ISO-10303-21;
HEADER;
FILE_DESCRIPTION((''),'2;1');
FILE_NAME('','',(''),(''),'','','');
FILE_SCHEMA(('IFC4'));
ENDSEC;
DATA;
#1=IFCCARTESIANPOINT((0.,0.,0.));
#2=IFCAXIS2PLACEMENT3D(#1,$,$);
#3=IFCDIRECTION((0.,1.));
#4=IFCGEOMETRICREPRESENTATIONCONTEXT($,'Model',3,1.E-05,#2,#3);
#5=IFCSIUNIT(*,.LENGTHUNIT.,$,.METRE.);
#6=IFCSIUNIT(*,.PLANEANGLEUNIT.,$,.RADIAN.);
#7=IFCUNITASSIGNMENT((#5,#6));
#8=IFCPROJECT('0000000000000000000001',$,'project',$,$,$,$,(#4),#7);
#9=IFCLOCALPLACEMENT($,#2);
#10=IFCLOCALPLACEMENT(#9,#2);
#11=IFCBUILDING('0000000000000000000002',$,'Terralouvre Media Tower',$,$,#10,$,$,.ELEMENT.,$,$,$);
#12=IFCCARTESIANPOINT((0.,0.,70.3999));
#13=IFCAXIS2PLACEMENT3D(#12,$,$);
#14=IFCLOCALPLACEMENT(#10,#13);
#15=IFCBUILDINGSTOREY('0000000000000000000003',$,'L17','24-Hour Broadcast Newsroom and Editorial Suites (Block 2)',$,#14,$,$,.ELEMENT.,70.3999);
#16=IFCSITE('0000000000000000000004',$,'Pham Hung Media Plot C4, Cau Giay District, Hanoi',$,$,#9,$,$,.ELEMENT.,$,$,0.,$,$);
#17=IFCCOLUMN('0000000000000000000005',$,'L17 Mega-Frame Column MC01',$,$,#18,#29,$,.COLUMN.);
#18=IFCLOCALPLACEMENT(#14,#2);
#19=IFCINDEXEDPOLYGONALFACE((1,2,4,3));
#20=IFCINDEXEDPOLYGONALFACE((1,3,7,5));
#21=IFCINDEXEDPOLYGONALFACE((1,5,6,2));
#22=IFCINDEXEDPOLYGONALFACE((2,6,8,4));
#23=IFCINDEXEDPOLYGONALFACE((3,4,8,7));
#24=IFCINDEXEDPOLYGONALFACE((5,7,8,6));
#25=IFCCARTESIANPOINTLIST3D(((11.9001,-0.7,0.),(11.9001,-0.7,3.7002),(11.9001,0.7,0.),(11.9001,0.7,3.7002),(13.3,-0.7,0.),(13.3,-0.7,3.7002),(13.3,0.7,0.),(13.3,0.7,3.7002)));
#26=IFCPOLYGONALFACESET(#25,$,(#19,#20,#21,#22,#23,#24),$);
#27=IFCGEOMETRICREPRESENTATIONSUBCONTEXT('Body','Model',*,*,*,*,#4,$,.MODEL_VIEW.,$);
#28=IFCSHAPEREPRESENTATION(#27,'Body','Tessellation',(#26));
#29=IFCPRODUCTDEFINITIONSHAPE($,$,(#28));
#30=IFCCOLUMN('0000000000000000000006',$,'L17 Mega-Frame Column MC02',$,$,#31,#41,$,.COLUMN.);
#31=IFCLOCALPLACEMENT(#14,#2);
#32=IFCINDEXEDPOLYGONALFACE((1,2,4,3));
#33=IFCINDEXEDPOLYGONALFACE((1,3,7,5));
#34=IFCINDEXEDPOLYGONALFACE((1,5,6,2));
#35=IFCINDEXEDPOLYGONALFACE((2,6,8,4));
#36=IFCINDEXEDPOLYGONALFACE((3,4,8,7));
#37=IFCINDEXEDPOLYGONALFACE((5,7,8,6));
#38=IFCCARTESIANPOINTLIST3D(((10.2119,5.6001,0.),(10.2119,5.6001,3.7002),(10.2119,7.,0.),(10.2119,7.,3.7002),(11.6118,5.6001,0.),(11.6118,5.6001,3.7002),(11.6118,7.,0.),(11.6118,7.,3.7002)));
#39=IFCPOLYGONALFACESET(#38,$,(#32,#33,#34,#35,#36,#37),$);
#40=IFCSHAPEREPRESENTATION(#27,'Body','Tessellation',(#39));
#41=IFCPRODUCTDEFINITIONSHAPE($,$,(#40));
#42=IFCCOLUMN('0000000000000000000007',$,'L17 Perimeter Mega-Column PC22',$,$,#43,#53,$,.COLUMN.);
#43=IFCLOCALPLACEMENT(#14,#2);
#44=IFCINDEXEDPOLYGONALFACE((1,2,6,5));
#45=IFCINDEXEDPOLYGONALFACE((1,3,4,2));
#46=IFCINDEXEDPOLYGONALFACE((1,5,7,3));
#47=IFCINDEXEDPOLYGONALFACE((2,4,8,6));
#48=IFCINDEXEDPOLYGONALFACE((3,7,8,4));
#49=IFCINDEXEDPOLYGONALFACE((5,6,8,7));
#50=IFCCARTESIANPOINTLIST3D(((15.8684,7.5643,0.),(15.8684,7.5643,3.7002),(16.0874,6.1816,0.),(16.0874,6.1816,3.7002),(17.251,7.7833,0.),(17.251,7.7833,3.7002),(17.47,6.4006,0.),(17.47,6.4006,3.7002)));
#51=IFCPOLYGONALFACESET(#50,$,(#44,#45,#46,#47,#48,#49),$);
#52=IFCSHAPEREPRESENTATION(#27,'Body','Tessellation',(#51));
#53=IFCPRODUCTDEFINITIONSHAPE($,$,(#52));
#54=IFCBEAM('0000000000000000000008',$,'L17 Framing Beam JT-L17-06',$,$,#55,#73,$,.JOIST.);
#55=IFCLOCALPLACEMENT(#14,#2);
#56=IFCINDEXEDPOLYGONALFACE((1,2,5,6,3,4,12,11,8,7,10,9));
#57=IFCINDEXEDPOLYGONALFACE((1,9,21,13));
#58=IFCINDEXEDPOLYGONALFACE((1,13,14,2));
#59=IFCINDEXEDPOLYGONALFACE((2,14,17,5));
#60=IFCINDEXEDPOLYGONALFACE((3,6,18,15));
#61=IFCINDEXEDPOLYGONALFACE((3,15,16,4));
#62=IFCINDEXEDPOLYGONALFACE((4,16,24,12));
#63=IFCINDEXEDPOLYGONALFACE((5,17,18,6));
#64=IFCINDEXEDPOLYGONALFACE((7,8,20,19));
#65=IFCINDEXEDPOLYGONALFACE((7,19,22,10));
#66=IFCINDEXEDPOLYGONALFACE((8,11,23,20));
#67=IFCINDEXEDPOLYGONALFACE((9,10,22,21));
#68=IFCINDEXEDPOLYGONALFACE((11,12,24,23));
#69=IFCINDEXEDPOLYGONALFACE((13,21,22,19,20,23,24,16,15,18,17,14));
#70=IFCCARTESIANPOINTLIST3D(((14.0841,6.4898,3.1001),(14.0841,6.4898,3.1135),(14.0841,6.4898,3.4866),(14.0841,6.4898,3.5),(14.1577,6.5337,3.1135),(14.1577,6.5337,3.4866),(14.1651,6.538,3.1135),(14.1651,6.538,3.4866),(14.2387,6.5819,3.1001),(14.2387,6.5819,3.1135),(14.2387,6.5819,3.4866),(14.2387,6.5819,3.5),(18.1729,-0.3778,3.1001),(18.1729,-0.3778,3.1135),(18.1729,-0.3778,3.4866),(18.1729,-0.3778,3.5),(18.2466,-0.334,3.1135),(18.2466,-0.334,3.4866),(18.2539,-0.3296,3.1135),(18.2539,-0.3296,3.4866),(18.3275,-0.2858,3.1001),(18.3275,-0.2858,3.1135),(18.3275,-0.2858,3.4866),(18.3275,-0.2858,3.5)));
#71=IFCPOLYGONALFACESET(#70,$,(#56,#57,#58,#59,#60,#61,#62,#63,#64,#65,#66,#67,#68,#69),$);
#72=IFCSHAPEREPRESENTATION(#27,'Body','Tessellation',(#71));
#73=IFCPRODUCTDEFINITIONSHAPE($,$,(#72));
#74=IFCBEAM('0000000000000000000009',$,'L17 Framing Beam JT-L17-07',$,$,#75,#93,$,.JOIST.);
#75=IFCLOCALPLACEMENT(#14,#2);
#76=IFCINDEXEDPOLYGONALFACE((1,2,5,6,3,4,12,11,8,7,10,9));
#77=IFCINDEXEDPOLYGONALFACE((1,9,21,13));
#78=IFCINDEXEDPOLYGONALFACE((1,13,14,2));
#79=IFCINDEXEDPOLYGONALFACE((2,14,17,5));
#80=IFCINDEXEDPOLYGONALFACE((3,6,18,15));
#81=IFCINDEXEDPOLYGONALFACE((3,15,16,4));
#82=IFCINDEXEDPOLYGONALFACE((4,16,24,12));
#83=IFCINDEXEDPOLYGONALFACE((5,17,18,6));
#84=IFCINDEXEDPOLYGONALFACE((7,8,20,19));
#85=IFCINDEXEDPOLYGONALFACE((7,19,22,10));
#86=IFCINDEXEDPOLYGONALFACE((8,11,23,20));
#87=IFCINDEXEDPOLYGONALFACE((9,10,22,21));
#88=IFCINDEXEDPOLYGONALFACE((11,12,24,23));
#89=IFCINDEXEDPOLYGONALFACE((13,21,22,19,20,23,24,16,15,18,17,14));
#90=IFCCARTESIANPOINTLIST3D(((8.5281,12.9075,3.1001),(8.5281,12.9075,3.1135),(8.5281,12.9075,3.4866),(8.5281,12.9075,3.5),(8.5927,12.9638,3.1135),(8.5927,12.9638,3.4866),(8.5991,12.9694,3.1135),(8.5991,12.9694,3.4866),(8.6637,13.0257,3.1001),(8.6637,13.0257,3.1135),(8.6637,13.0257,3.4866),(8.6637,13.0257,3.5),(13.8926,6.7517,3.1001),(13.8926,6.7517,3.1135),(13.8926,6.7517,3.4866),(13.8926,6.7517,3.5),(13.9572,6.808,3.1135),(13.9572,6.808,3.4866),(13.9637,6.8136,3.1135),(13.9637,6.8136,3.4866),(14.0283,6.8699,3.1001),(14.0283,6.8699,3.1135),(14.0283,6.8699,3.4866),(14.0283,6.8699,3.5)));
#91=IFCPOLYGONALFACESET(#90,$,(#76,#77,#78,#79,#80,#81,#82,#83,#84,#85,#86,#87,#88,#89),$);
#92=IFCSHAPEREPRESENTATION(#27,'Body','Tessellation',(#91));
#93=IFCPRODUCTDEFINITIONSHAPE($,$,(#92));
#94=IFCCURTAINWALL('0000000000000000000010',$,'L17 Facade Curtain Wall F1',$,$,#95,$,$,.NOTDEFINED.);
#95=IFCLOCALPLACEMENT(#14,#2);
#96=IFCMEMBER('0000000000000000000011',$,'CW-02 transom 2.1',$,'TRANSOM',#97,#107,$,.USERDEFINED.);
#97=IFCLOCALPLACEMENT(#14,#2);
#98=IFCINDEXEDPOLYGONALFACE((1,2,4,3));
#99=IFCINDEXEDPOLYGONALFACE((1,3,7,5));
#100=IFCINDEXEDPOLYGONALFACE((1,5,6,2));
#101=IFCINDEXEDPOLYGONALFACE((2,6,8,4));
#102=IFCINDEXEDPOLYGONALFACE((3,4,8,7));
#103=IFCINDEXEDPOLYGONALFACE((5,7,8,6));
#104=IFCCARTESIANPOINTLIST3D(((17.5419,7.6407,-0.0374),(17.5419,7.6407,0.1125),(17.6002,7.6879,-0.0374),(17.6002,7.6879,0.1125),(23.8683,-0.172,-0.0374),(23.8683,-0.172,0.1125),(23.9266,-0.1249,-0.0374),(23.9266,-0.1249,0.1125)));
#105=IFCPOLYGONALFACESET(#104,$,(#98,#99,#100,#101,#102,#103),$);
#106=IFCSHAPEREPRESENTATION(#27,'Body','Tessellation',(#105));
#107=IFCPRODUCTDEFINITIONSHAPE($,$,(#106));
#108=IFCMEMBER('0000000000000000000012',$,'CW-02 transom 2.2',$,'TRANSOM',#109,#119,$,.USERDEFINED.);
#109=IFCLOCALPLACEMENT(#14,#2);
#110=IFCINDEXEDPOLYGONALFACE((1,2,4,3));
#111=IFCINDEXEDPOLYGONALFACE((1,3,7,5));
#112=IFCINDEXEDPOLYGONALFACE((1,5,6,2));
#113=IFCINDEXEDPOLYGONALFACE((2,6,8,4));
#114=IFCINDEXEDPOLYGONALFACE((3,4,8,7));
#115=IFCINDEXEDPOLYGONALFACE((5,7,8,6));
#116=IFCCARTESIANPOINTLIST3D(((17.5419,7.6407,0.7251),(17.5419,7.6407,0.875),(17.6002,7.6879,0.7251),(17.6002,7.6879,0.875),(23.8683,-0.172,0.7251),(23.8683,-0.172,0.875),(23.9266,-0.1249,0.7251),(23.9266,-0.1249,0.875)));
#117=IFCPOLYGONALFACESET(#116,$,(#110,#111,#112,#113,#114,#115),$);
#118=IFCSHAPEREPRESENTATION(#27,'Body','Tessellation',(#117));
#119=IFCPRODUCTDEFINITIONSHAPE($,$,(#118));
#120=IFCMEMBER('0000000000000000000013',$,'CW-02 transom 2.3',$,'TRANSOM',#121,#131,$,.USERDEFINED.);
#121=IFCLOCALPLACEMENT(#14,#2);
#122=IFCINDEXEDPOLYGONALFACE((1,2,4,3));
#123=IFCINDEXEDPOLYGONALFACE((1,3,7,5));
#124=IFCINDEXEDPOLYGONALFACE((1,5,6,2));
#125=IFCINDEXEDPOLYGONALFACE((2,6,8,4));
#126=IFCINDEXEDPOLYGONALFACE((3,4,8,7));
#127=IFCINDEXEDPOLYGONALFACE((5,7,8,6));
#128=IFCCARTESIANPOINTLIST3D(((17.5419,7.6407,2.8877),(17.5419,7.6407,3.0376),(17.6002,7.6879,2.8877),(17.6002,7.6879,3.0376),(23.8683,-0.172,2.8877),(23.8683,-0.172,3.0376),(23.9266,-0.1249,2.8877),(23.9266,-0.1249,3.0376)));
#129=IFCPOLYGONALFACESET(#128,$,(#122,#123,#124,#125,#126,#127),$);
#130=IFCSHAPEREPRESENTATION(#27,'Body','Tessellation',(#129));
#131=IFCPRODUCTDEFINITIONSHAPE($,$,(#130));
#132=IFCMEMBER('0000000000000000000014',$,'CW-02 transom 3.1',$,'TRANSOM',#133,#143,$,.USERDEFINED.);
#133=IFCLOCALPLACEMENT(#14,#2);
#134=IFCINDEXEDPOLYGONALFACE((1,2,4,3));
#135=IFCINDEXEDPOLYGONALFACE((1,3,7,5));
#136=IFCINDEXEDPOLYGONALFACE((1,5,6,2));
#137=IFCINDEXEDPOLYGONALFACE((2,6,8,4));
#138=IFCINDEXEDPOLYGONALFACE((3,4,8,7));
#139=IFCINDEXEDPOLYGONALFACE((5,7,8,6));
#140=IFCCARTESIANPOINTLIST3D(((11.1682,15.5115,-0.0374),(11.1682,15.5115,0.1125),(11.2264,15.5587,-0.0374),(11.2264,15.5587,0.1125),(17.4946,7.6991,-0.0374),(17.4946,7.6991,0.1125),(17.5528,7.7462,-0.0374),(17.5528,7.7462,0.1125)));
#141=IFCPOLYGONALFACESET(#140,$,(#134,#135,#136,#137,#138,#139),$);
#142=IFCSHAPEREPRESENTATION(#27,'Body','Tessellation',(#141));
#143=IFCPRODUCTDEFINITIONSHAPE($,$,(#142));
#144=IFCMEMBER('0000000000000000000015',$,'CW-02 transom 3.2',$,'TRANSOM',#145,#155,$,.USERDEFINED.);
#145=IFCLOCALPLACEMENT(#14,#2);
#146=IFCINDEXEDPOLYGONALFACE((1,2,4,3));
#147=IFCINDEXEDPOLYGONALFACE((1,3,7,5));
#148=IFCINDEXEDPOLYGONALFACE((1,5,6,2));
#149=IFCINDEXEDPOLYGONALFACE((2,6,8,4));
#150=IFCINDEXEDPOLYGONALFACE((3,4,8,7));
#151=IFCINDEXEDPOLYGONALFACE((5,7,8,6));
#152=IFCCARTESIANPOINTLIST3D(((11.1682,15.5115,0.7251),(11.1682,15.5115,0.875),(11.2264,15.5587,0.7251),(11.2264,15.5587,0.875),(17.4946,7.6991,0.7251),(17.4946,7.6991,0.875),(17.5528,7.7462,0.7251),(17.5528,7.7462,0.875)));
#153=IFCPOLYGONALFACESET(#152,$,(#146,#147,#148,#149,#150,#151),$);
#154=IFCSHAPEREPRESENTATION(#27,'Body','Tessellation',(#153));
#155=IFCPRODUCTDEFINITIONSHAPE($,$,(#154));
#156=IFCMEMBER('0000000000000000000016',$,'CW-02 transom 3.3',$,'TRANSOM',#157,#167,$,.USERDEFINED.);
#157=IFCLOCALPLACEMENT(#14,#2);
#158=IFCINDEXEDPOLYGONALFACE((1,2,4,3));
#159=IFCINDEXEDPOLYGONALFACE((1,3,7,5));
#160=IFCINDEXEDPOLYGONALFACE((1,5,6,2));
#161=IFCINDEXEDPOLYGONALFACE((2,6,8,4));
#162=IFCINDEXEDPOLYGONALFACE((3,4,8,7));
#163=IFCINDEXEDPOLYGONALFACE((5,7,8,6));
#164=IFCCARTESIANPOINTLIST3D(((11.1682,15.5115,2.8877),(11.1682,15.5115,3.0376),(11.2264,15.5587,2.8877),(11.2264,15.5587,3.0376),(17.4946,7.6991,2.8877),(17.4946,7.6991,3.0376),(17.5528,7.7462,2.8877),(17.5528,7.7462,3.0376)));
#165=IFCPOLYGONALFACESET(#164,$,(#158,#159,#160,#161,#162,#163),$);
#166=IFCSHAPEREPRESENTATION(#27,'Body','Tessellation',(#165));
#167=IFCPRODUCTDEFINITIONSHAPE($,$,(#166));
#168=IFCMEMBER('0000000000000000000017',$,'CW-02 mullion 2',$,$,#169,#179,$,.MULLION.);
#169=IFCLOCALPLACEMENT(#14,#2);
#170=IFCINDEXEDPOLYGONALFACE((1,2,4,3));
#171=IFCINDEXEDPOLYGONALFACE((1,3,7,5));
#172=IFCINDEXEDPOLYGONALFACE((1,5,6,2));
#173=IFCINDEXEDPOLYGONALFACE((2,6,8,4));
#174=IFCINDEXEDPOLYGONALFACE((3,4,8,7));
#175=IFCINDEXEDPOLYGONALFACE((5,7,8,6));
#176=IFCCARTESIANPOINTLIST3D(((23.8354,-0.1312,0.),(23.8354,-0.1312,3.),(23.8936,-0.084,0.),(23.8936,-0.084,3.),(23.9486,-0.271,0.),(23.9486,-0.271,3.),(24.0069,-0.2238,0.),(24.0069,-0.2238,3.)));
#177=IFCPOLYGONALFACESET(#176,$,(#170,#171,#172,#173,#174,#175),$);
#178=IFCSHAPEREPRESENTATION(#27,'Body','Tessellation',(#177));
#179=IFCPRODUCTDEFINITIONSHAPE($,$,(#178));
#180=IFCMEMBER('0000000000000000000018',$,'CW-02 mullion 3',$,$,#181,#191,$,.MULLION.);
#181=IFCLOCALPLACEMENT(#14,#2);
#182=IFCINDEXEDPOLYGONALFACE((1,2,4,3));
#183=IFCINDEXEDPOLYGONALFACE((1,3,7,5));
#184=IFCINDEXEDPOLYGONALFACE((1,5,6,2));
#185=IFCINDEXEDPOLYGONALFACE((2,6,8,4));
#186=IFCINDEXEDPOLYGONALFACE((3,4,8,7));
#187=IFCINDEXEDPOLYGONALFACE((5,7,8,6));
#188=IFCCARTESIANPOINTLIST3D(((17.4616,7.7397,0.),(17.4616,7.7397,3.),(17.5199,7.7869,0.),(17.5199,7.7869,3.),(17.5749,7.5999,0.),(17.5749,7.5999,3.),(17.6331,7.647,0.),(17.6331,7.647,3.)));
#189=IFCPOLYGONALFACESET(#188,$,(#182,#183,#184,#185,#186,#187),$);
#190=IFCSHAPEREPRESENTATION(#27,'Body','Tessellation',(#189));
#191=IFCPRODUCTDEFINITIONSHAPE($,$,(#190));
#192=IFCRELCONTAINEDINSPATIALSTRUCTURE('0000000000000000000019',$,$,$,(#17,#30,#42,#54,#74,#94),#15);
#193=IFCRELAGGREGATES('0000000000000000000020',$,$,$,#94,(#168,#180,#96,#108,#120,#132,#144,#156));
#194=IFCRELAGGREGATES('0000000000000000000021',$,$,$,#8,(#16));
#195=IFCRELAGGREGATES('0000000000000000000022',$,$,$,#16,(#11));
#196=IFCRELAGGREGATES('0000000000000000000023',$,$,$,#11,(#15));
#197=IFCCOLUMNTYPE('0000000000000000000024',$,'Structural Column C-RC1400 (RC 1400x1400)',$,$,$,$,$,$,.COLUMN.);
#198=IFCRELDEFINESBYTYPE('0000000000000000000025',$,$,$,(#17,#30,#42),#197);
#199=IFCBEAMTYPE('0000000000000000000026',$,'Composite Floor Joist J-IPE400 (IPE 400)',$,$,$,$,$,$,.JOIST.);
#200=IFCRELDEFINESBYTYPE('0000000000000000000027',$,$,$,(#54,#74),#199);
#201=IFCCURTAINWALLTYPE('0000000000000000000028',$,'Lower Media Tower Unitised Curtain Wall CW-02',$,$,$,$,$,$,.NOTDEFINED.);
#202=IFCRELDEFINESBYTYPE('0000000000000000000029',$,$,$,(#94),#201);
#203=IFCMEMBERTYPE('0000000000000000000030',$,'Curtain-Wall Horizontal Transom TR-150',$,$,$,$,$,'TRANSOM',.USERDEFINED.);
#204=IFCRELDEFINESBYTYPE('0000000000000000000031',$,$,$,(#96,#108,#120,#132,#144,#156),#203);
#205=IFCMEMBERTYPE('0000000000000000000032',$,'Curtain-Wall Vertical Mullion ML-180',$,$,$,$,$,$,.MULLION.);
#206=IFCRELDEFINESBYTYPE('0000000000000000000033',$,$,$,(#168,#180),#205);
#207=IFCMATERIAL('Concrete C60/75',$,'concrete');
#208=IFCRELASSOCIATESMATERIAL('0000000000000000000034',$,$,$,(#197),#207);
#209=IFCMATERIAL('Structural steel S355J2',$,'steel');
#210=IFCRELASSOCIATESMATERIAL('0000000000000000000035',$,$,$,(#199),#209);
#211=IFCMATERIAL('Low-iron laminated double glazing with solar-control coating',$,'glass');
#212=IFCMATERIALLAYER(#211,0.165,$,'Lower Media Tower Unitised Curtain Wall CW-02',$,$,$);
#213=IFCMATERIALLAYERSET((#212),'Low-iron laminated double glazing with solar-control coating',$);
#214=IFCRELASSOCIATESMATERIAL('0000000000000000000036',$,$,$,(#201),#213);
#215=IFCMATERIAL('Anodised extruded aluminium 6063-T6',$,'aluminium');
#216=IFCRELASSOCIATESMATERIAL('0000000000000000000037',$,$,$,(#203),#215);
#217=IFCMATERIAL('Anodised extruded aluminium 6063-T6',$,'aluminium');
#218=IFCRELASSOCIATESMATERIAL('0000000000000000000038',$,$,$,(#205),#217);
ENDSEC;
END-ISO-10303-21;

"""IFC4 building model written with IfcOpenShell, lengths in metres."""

from ifc_helpers import new_model, si_unit, direction, frame, origin, origin_2d, place, context, subcontext, project, spatial, rectangle, i_section, extrude, material, layer, layer_set, material_profile, profile_set, type_object, element, aggregate, save


model = new_model("IFC4")

# Units and contexts
model_context = context("Model", 3, precision=1e-05, world=origin(), true_north=direction((0.0, 1.0)))
body_context = subcontext(model_context, "Body", "Model", "MODEL_VIEW")
ifc_project = project(units=[si_unit("LENGTHUNIT", "METRE"), si_unit("PLANEANGLEUNIT", "RADIAN")], contexts=[model_context])

# Site, building, storey
site_placement = place(None, origin())
site = spatial("IfcSite", under=ifc_project, at=site_placement, Name="Pham Hung Media Plot C4, Cau Giay District, Hanoi", CompositionType="ELEMENT", RefElevation=0.0)
building_placement = place(site_placement, origin())
building = spatial("IfcBuilding", under=site, at=building_placement, Name="Terralouvre Media Tower", CompositionType="ELEMENT")
storey_placement = place(building_placement, frame((0.0, 0.0, 70.3999)))
storey = spatial("IfcBuildingStorey", under=building, at=storey_placement, Name="L17", Description="24-Hour Broadcast Newsroom and Editorial Suites (Block 2)", CompositionType="ELEMENT", Elevation=70.3999)

# Columns
ifc_material_1 = material(Name="Concrete C60/75", Category="concrete")
ifc_material_profile_1 = material_profile(ifc_material_1, rectangle(XDim=1.3999, YDim=1.3999, at=origin_2d()), Name="RC 1400x1400")
ifc_profile_set_1 = profile_set([ifc_material_profile_1], Name="Concrete C60/75")
column_type = type_object("IfcColumnType", Name="Structural Column C-RC1400 (RC 1400x1400)", PredefinedType="COLUMN", material=ifc_profile_set_1)
for number, where, z_axis, x_axis, name in (
    (1, (12.6001, 0.0, 0.0), (0.0, 0.0, 1.0), (1.0, 0.0, 0.0), "L17 Mega-Frame Column MC01"),
    (2, (10.9119, 6.3, 0.0), (0.0, 0.0, 1.0), (1.0, 0.0, 0.0), "L17 Mega-Frame Column MC02"),
    (3, (16.6692, 6.9824, 0.0), (0.0, 0.0, 1.0), (0.987688, 0.156434, 0.0), "L17 Perimeter Mega-Column PC22"),
):
    element("IfcColumn", number, at=place(storey_placement, frame(where, z_axis=z_axis, x_axis=x_axis)), inside=storey, type_object=column_type, Name=name, PredefinedType="COLUMN", context=body_context, shape_type="SweptSolid", body=[
        extrude(rectangle(XDim=1.3999, YDim=1.3999, at=origin_2d()), origin(), (0.0, 0.0, 1.0), 3.7002),
    ])

# Beams
ifc_material_2 = material(Name="Structural steel S355J2", Category="steel")
ifc_material_profile_2 = material_profile(ifc_material_2, i_section(OverallWidth=0.1799, OverallDepth=0.3999, WebThickness=0.0085, FlangeThickness=0.0134, at=origin_2d()), Name="IPE 400")
ifc_profile_set_2 = profile_set([ifc_material_profile_2], Name="Structural steel S355J2")
beam_type_1 = type_object("IfcBeamType", Name="Composite Floor Joist J-IPE400 (IPE 400)", PredefinedType="JOIST", material=ifc_profile_set_2)
beam_1_placement = place(storey_placement, frame((18.2502, -0.3318, 3.3), z_axis=(-0.511573, 0.85924, 0.0), x_axis=(-0.85924, -0.511573, 0.0)))
element("IfcBeam", 4, at=beam_1_placement, inside=storey, type_object=beam_type_1, Name="L17 Framing Beam JT-L17-06", PredefinedType="JOIST", context=body_context, shape_type="SweptSolid", body=[
    extrude(i_section(OverallWidth=0.1799, OverallDepth=0.3999, WebThickness=0.0085, FlangeThickness=0.0134, at=origin_2d()), origin(), (0.0, 0.0, 1.0), 7.9927),
])
beam_2_placement = place(storey_placement, frame((13.9604, 6.8108, 3.3), z_axis=(-0.656992, 0.753898, 0.0), x_axis=(-0.753898, -0.656992, 0.0)))
element("IfcBeam", 5, at=beam_2_placement, inside=storey, type_object=beam_type_1, Name="L17 Framing Beam JT-L17-07", PredefinedType="JOIST", context=body_context, shape_type="SweptSolid", body=[
    extrude(i_section(OverallWidth=0.1799, OverallDepth=0.3999, WebThickness=0.0085, FlangeThickness=0.0134, at=origin_2d()), origin(), (0.0, 0.0, 1.0), 8.1653),
])

# Curtain wall, members
ifc_material_3 = material(Name="Low-iron laminated double glazing with solar-control coating", Category="glass")
ifc_layer_1 = layer(ifc_material_3, 0.165, Name="Lower Media Tower Unitised Curtain Wall CW-02")
ifc_layer_set_1 = layer_set([ifc_layer_1], Name="Low-iron laminated double glazing with solar-control coating")
curtain_wall_type = type_object("IfcCurtainWallType", Name="Lower Media Tower Unitised Curtain Wall CW-02", PredefinedType="NOTDEFINED", material=ifc_layer_set_1)
curtain_wall_placement = place(storey_placement, origin())
curtain_wall = element("IfcCurtainWall", 6, at=curtain_wall_placement, inside=storey, type_object=curtain_wall_type, Name="L17 Facade Curtain Wall F1", PredefinedType="NOTDEFINED")
ifc_material_4 = material(Name="Anodised extruded aluminium 6063-T6", Category="aluminium")
ifc_material_profile_3 = material_profile(ifc_material_4, rectangle(XDim=0.075, YDim=0.1499, at=origin_2d()), Name="ALU 75x150")
ifc_profile_set_3 = profile_set([ifc_material_profile_3], Name="Anodised extruded aluminium 6063-T6")
member_type_1 = type_object("IfcMemberType", Name="Curtain-Wall Horizontal Transom TR-150", ElementType="TRANSOM", PredefinedType="USERDEFINED", material=ifc_profile_set_3)
member_1_placement = place(storey_placement, frame((23.8975, -0.1484, 0.0376), z_axis=(-0.629307, 0.777157, 0.0), x_axis=(-0.777157, -0.629307, 0.0)))
member_1 = element("IfcMember", 7, at=member_1_placement, type_object=member_type_1, Name="CW-02 transom 2.1", ObjectType="TRANSOM", PredefinedType="USERDEFINED", context=body_context, shape_type="SweptSolid", body=[
    extrude(rectangle(XDim=0.075, YDim=0.1499, at=origin_2d()), origin(), (0.0, 0.0, 1.0), 10.053),
])
member_2_placement = place(storey_placement, frame((23.8975, -0.1484, 0.8), z_axis=(-0.629307, 0.777157, 0.0), x_axis=(-0.777157, -0.629307, 0.0)))
member_2 = element("IfcMember", 8, at=member_2_placement, type_object=member_type_1, Name="CW-02 transom 2.2", ObjectType="TRANSOM", PredefinedType="USERDEFINED", context=body_context, shape_type="SweptSolid", body=[
    extrude(rectangle(XDim=0.075, YDim=0.1499, at=origin_2d()), origin(), (0.0, 0.0, 1.0), 10.053),
])
member_3_placement = place(storey_placement, frame((23.8975, -0.1484, 2.9626), z_axis=(-0.629307, 0.777157, 0.0), x_axis=(-0.777157, -0.629307, 0.0)))
member_3 = element("IfcMember", 9, at=member_3_placement, type_object=member_type_1, Name="CW-02 transom 2.3", ObjectType="TRANSOM", PredefinedType="USERDEFINED", context=body_context, shape_type="SweptSolid", body=[
    extrude(rectangle(XDim=0.075, YDim=0.1499, at=origin_2d()), origin(), (0.0, 0.0, 1.0), 10.053),
])
member_4_placement = place(storey_placement, frame((17.5237, 7.7227, 0.0376), z_axis=(-0.629319, 0.777147, 0.0), x_axis=(-0.777147, -0.629319, 0.0)))
member_4 = element("IfcMember", 10, at=member_4_placement, type_object=member_type_1, Name="CW-02 transom 3.1", ObjectType="TRANSOM", PredefinedType="USERDEFINED", context=body_context, shape_type="SweptSolid", body=[
    extrude(rectangle(XDim=0.075, YDim=0.1499, at=origin_2d()), origin(), (0.0, 0.0, 1.0), 10.0527),
])
member_5_placement = place(storey_placement, frame((17.5237, 7.7227, 0.8), z_axis=(-0.629319, 0.777147, 0.0), x_axis=(-0.777147, -0.629319, 0.0)))
member_5 = element("IfcMember", 11, at=member_5_placement, type_object=member_type_1, Name="CW-02 transom 3.2", ObjectType="TRANSOM", PredefinedType="USERDEFINED", context=body_context, shape_type="SweptSolid", body=[
    extrude(rectangle(XDim=0.075, YDim=0.1499, at=origin_2d()), origin(), (0.0, 0.0, 1.0), 10.0527),
])
member_6_placement = place(storey_placement, frame((17.5237, 7.7227, 2.9626), z_axis=(-0.629319, 0.777147, 0.0), x_axis=(-0.777147, -0.629319, 0.0)))
member_6 = element("IfcMember", 12, at=member_6_placement, type_object=member_type_1, Name="CW-02 transom 3.3", ObjectType="TRANSOM", PredefinedType="USERDEFINED", context=body_context, shape_type="SweptSolid", body=[
    extrude(rectangle(XDim=0.075, YDim=0.1499, at=origin_2d()), origin(), (0.0, 0.0, 1.0), 10.0527),
])
ifc_material_5 = material(Name="Anodised extruded aluminium 6063-T6", Category="aluminium")
ifc_material_profile_4 = material_profile(ifc_material_5, rectangle(XDim=0.075, YDim=0.1799, at=origin_2d()), Name="ALU 75x180")
ifc_profile_set_4 = profile_set([ifc_material_profile_4], Name="Anodised extruded aluminium 6063-T6")
member_type_2 = type_object("IfcMemberType", Name="Curtain-Wall Vertical Mullion ML-180", PredefinedType="MULLION", material=ifc_profile_set_4)
member_7_placement = place(storey_placement, frame((23.9211, -0.1775, 0.0), z_axis=(0.0, 0.0, 1.0), x_axis=(-0.777146, -0.62932, 0.0)))
member_7 = element("IfcMember", 13, at=member_7_placement, type_object=member_type_2, Name="CW-02 mullion 2", PredefinedType="MULLION", context=body_context, shape_type="SweptSolid", body=[
    extrude(rectangle(XDim=0.075, YDim=0.1799, at=origin_2d()), origin(), (0.0, 0.0, 1.0), 3.0),
])
member_8_placement = place(storey_placement, frame((17.5474, 7.6934, 0.0), z_axis=(0.0, 0.0, 1.0), x_axis=(-0.777146, -0.62932, 0.0)))
member_8 = element("IfcMember", 14, at=member_8_placement, type_object=member_type_2, Name="CW-02 mullion 3", PredefinedType="MULLION", context=body_context, shape_type="SweptSolid", body=[
    extrude(rectangle(XDim=0.075, YDim=0.1799, at=origin_2d()), origin(), (0.0, 0.0, 1.0), 3.0),
])

aggregate(curtain_wall, [member_7, member_8, member_1, member_2, member_3, member_4, member_5, member_6])

save(model, "model.ifc")
